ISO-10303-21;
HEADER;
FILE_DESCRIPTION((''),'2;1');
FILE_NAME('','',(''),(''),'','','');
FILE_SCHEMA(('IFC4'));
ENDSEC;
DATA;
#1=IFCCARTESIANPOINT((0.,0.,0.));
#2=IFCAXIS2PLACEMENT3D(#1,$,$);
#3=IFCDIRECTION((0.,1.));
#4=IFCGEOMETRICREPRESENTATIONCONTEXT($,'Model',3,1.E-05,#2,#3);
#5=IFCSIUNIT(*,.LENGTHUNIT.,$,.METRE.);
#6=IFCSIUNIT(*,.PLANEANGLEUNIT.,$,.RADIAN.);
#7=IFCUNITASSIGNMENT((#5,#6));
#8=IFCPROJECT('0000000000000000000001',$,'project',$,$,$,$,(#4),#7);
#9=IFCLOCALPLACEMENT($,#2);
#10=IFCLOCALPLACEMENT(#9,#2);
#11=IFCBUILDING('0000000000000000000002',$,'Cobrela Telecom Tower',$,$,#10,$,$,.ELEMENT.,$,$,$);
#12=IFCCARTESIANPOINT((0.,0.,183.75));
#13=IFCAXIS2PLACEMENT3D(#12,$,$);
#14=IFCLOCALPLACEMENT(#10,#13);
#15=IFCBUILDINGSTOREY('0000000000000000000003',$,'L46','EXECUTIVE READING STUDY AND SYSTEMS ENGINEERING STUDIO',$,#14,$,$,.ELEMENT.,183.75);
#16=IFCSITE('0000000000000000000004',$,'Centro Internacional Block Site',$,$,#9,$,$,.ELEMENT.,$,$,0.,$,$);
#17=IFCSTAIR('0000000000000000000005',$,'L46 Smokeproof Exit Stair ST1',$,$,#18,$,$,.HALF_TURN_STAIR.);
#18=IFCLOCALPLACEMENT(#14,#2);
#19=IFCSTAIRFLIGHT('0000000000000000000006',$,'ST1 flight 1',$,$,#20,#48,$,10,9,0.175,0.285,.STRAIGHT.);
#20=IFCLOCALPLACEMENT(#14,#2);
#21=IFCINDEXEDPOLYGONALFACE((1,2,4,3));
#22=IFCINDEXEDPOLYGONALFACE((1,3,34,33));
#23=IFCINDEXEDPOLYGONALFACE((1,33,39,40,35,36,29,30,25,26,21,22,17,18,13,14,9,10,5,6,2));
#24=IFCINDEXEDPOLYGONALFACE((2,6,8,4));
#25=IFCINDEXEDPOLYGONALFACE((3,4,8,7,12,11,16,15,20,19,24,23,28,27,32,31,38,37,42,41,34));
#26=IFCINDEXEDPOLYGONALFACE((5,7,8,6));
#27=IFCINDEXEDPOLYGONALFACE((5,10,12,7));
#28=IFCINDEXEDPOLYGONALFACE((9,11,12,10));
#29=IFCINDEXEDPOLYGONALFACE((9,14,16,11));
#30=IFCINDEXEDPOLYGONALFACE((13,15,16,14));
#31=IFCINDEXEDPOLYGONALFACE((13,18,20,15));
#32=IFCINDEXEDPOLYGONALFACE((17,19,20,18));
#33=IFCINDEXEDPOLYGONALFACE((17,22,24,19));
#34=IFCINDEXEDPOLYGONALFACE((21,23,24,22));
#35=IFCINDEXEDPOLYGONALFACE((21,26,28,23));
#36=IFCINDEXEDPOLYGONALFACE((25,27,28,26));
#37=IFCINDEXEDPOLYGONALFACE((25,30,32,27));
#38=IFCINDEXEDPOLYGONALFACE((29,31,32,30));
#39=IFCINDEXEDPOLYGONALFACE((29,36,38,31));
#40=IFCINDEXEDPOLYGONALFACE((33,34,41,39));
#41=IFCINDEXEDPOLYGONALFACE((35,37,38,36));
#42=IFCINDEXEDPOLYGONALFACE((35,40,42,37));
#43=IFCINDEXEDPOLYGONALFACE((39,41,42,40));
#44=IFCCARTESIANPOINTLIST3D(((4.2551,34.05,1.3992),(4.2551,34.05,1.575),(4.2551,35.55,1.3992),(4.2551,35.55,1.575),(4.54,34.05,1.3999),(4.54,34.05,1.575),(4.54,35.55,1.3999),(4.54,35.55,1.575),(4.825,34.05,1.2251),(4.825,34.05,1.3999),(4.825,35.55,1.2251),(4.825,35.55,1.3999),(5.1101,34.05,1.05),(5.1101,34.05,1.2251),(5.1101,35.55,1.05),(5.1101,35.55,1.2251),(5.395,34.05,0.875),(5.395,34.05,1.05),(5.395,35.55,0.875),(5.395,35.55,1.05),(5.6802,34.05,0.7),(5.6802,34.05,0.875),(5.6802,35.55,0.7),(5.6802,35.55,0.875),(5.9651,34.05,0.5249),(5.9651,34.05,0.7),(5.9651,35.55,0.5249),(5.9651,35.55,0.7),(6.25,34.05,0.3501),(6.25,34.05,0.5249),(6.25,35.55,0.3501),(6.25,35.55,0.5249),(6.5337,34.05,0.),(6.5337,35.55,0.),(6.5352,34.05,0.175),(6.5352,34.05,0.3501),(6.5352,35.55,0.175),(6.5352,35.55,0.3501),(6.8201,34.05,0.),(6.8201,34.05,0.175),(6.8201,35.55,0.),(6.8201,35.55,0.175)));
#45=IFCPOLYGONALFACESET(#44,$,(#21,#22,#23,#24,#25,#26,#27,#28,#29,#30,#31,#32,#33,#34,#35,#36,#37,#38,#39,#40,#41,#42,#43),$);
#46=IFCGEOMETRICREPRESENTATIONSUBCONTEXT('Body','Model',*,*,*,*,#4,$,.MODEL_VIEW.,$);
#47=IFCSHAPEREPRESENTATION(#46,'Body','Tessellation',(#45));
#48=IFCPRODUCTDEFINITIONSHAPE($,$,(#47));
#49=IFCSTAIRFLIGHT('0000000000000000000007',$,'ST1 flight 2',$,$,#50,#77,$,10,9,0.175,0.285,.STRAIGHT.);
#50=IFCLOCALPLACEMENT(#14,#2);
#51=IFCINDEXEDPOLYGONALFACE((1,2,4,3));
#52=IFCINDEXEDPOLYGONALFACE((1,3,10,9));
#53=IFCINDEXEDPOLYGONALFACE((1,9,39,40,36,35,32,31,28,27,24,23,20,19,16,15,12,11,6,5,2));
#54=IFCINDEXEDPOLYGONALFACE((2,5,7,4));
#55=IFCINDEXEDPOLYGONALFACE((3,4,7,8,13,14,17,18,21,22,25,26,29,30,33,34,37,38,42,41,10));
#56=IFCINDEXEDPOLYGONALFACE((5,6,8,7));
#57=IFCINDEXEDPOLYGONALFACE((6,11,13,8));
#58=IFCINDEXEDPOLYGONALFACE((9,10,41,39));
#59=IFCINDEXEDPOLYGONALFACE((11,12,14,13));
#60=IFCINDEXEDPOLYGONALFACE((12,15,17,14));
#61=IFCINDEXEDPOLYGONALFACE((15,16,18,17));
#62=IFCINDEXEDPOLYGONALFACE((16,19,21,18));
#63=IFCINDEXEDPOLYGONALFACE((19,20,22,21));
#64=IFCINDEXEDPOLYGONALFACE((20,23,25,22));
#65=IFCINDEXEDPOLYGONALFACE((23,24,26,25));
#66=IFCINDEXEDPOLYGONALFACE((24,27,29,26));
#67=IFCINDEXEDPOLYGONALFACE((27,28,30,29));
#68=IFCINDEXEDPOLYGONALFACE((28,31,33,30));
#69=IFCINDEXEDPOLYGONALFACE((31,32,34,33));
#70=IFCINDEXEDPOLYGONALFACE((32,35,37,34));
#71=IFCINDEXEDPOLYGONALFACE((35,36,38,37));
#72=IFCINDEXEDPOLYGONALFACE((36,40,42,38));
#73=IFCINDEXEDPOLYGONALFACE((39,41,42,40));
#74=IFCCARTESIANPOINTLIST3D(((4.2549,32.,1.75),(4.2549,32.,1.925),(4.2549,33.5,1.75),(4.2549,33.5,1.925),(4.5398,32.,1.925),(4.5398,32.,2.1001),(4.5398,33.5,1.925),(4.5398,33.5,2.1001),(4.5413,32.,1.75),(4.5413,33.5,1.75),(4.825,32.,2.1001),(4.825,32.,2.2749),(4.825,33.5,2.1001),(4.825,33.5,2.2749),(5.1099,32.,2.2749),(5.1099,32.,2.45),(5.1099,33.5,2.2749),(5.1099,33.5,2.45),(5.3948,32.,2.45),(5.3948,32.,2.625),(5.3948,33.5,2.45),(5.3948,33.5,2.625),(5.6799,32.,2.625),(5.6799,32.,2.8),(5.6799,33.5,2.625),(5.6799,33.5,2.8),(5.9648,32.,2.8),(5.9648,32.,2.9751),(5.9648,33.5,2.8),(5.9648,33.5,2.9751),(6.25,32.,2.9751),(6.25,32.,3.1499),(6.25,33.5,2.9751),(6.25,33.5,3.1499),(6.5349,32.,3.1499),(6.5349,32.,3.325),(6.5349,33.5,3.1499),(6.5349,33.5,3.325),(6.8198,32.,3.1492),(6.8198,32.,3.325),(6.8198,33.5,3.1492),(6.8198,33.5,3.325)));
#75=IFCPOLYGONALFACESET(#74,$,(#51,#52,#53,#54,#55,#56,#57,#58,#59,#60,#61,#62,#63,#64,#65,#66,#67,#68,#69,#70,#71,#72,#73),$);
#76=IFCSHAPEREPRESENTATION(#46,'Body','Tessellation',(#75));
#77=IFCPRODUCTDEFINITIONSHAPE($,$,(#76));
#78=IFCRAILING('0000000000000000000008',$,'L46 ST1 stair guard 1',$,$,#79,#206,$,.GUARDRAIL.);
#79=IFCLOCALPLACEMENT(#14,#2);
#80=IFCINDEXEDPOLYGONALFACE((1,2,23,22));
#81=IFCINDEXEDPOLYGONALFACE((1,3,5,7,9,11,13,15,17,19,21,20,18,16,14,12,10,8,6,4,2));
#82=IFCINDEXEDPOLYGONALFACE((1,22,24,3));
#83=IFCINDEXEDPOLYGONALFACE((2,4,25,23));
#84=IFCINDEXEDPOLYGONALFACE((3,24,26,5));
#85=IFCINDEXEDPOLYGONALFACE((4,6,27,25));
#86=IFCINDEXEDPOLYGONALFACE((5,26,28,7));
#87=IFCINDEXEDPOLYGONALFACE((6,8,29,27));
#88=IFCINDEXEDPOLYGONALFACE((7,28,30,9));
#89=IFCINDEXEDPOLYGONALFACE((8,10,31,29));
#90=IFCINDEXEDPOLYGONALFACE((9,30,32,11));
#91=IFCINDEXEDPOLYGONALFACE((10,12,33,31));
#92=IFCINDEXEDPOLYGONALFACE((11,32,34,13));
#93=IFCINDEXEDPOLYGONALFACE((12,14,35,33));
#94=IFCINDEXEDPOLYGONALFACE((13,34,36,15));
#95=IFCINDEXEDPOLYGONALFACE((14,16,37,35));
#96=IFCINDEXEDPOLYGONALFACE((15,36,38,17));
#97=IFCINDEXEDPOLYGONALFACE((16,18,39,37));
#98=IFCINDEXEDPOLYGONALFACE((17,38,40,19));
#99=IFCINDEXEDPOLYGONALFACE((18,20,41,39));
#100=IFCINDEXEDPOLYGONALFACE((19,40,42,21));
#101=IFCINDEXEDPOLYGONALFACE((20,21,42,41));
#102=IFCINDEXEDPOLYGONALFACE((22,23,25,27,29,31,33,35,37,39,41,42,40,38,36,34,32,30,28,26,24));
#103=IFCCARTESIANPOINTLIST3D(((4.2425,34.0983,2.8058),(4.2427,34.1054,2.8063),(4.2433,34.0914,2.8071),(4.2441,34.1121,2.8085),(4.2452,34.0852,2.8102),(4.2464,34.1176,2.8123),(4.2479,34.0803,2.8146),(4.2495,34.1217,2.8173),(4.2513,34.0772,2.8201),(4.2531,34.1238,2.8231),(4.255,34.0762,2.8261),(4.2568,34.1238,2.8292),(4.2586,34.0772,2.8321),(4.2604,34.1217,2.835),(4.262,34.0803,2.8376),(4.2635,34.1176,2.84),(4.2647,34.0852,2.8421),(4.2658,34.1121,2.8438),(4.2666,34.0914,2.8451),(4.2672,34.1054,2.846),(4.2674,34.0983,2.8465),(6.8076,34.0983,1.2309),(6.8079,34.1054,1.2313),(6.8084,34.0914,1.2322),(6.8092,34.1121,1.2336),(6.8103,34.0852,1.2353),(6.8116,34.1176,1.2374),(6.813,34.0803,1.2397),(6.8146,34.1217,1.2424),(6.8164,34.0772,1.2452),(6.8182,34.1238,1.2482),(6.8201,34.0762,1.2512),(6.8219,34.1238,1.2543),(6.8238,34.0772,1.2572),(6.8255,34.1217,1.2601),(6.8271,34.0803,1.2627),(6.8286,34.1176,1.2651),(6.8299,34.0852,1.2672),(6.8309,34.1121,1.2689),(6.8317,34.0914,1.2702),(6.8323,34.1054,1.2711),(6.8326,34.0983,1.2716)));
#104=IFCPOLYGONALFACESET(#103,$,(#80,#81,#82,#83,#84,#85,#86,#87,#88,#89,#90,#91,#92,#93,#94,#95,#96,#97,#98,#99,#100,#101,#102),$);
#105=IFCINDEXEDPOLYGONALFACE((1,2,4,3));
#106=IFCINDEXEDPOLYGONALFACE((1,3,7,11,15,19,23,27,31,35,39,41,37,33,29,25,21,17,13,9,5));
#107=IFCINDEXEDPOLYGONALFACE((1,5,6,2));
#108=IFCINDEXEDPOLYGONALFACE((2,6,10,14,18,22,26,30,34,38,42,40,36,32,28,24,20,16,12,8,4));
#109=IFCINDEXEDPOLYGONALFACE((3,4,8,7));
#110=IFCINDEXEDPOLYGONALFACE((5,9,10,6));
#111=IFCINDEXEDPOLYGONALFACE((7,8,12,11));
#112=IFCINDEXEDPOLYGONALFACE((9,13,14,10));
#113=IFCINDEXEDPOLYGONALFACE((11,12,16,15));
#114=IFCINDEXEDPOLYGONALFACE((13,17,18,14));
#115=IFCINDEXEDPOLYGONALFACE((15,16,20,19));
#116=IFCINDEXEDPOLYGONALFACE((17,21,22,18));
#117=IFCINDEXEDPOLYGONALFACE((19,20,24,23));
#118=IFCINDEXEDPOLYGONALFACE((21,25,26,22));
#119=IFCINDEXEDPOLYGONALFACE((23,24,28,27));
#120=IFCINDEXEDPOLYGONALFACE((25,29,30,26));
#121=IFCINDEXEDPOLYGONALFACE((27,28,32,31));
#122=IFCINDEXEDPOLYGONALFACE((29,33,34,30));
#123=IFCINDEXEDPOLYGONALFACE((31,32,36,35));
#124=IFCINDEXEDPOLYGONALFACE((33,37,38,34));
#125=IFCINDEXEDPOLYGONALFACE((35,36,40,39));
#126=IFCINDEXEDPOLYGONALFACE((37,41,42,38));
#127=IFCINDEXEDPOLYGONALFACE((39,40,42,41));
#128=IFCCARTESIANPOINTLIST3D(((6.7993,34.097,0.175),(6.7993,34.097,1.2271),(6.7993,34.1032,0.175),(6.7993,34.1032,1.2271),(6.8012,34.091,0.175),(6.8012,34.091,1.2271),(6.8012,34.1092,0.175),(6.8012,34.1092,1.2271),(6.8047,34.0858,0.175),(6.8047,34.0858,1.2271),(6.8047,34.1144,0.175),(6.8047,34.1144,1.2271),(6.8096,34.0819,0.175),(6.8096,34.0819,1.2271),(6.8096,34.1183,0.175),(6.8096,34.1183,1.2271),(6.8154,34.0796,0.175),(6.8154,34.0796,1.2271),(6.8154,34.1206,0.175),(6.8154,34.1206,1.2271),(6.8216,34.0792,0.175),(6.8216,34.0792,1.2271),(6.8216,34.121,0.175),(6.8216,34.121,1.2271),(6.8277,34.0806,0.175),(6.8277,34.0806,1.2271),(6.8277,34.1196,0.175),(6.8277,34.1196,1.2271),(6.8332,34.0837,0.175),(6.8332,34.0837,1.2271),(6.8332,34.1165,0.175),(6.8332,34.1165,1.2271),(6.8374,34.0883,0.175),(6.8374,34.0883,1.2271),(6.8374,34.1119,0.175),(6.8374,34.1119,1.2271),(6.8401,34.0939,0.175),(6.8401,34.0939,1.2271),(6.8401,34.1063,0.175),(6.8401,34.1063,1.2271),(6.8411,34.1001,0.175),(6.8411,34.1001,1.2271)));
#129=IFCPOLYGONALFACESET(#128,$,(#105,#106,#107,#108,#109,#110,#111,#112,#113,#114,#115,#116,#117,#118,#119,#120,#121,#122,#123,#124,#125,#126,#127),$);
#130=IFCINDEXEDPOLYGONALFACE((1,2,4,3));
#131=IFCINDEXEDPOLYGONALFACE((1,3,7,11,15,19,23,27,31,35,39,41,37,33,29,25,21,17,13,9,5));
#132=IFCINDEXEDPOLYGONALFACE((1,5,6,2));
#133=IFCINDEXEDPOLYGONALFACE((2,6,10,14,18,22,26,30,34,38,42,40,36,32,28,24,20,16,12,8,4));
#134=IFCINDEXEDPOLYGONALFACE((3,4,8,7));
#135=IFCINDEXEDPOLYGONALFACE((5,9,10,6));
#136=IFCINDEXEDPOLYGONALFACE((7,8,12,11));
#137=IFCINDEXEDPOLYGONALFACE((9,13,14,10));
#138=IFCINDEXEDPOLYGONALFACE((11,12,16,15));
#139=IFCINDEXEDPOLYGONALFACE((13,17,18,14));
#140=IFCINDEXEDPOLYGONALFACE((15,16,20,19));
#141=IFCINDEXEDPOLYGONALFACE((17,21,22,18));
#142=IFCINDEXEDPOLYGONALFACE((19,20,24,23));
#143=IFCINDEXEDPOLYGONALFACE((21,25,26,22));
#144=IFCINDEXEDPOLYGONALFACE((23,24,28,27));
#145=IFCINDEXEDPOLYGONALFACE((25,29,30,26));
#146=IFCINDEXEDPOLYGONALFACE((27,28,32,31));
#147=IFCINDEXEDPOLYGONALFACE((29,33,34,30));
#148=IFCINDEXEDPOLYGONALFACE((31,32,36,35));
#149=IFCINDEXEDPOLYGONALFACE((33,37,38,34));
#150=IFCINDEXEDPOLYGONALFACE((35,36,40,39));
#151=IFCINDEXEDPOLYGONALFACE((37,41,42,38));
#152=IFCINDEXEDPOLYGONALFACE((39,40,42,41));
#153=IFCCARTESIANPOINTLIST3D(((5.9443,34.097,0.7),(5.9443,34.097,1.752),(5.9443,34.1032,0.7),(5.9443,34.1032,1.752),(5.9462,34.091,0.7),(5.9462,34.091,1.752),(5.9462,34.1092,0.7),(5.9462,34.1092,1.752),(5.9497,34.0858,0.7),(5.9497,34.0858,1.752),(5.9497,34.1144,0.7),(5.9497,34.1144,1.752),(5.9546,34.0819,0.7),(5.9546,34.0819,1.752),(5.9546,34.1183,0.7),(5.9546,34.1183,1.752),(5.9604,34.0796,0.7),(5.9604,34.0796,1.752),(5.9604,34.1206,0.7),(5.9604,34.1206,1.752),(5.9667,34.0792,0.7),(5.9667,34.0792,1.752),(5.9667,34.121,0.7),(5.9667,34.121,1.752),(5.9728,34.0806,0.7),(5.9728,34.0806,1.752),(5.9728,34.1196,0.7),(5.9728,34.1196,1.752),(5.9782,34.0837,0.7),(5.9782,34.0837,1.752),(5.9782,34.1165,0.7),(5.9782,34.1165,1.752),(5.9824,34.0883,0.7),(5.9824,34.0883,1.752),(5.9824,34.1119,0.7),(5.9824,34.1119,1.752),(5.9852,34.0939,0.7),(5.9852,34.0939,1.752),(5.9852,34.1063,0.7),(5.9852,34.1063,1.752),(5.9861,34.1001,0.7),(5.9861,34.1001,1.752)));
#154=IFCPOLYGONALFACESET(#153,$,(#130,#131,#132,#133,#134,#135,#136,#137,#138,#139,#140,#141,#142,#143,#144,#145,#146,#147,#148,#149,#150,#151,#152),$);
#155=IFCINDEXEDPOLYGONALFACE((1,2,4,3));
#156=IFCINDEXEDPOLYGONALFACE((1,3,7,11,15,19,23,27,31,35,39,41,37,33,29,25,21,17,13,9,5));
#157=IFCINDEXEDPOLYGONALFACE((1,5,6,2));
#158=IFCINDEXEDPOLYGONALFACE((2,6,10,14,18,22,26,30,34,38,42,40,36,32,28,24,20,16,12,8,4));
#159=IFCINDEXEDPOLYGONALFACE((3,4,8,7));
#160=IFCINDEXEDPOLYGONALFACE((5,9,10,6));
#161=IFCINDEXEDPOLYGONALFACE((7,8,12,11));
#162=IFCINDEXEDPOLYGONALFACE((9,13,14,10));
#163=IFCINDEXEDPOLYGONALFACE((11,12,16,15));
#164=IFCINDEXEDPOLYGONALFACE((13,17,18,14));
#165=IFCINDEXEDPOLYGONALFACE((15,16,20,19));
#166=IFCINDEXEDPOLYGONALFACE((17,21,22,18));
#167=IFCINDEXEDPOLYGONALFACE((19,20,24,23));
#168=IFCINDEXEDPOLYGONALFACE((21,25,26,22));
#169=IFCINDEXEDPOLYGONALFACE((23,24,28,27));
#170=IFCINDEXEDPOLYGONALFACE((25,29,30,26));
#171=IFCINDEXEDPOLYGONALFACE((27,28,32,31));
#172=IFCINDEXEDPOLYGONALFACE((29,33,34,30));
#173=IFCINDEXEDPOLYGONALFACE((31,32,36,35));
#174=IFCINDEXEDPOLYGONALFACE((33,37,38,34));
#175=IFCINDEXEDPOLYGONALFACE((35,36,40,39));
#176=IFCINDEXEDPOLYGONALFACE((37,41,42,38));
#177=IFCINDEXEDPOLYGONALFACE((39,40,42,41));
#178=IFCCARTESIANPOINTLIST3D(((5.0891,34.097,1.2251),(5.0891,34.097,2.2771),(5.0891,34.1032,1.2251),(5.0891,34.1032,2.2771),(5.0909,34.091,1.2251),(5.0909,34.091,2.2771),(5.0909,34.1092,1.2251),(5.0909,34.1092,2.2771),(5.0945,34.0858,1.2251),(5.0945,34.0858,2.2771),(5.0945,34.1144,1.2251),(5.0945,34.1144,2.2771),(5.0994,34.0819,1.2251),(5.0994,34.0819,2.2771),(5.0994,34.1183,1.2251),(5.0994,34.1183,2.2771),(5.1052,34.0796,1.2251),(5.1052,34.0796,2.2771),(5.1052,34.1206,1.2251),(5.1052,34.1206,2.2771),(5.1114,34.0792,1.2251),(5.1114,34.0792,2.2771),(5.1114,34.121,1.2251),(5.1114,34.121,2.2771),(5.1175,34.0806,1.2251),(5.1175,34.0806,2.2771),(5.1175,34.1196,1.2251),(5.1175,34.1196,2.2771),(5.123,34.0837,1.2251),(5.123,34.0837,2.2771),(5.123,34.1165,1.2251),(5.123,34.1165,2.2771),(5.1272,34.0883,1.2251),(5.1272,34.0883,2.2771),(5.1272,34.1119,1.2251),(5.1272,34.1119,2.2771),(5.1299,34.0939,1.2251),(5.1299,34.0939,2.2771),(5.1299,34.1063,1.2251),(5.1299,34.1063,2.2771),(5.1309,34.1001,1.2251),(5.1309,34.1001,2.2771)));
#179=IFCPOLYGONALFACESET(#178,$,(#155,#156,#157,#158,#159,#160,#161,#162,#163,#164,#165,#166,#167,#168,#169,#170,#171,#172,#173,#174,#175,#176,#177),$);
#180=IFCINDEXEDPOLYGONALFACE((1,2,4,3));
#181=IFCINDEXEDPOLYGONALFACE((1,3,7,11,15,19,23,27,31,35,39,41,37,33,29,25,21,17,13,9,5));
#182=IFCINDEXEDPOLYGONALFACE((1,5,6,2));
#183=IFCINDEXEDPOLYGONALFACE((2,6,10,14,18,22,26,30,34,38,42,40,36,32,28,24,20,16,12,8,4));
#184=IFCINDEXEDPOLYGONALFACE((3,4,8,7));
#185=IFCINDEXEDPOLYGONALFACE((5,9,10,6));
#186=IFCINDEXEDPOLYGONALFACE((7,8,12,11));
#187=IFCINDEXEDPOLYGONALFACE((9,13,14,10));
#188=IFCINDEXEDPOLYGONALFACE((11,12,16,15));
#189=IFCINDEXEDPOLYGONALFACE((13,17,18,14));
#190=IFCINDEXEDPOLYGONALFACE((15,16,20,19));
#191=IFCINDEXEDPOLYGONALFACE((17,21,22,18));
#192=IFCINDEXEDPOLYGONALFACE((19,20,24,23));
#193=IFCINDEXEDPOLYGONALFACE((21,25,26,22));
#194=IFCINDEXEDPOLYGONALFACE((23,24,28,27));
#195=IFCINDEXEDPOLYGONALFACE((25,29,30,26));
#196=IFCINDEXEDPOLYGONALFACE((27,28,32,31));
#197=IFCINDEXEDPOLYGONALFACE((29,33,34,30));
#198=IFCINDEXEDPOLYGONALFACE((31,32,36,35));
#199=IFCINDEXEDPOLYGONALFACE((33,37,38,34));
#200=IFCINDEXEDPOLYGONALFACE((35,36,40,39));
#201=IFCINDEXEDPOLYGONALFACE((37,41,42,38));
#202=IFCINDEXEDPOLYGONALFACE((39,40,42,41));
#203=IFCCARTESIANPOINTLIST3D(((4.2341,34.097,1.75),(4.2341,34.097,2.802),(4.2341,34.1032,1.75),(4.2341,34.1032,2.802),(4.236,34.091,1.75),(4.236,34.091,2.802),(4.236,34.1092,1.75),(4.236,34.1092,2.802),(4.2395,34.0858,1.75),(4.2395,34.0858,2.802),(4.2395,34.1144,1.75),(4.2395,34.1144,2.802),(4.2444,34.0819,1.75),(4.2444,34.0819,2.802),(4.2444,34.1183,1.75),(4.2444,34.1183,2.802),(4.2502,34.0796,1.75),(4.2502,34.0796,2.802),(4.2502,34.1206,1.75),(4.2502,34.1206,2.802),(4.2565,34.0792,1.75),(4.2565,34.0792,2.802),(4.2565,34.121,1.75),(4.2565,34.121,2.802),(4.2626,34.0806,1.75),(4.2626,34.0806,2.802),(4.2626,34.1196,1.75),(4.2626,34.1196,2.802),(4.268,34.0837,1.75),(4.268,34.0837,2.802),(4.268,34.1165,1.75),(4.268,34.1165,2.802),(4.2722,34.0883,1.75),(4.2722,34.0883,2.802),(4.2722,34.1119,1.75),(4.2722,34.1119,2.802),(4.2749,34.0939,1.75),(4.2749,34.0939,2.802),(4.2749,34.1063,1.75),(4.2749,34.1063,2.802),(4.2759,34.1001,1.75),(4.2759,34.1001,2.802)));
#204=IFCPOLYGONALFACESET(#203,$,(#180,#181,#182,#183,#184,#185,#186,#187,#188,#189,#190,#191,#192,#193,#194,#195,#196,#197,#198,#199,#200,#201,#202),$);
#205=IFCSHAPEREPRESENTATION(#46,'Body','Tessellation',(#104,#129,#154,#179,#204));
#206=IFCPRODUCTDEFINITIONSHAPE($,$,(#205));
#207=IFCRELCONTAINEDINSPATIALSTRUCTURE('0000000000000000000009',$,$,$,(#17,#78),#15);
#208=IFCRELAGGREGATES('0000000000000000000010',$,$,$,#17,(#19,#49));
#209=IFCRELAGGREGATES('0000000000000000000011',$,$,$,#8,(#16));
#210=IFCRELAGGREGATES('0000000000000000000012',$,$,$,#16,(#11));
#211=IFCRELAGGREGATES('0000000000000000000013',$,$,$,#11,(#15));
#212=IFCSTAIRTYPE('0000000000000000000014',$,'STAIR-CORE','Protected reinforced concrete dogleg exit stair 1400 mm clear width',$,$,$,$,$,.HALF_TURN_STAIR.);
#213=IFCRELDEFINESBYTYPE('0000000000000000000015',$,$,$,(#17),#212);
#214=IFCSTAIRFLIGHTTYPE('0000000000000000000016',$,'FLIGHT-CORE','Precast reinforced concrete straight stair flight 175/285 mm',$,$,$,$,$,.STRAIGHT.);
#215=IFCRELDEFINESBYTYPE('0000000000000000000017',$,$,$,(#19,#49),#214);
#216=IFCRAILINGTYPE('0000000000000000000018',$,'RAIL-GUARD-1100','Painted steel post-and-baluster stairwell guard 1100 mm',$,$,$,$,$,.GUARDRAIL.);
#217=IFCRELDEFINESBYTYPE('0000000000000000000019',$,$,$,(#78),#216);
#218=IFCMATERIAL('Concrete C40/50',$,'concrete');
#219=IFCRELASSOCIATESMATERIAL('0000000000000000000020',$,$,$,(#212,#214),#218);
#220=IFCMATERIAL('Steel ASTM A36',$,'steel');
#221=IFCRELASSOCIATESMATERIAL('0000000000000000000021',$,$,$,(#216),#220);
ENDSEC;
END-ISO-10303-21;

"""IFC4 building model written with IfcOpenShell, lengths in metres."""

from ifc_helpers import new_model, si_unit, direction, frame, origin, origin_2d, place, context, subcontext, project, spatial, polyline, circle, outline, extrude, material, type_object, element, aggregate, save


model = new_model("IFC4")

# Units and contexts
model_context = context("Model", 3, precision=1e-05, world=origin(), true_north=direction((0.0, 1.0)))
body_context = subcontext(model_context, "Body", "Model", "MODEL_VIEW")
ifc_project = project(units=[si_unit("LENGTHUNIT", "METRE"), si_unit("PLANEANGLEUNIT", "RADIAN")], contexts=[model_context])

# Site, building, storey
site_placement = place(None, origin())
site = spatial("IfcSite", under=ifc_project, at=site_placement, Name="Centro Internacional Block Site", CompositionType="ELEMENT", RefElevation=0.0)
building_placement = place(site_placement, origin())
building = spatial("IfcBuilding", under=site, at=building_placement, Name="Cobrela Telecom Tower", CompositionType="ELEMENT")
storey_placement = place(building_placement, frame((0.0, 0.0, 183.75)))
storey = spatial("IfcBuildingStorey", under=building, at=storey_placement, Name="L46", Description="EXECUTIVE READING STUDY AND SYSTEMS ENGINEERING STUDIO", CompositionType="ELEMENT", Elevation=183.75)

# Shared definitions
ifc_material_1 = material(Name="Concrete C40/50", Category="concrete")

# Shared definitions
ifc_material_2 = material(Name="Steel ASTM A36", Category="steel")

# Stair, stair flights
stair_type = type_object("IfcStairType", Name="STAIR-CORE", Description="Protected reinforced concrete dogleg exit stair 1400 mm clear width", PredefinedType="HALF_TURN_STAIR", material=ifc_material_1)
stair_placement = place(storey_placement, origin())
stair = element("IfcStair", 1, at=stair_placement, inside=storey, type_object=stair_type, Name="L46 Smokeproof Exit Stair ST1", PredefinedType="HALF_TURN_STAIR")
stair_flight_type = type_object("IfcStairFlightType", Name="FLIGHT-CORE", Description="Precast reinforced concrete straight stair flight 175/285 mm", PredefinedType="STRAIGHT", material=ifc_material_1)
stair_flight_1_placement = place(storey_placement, frame((6.8201, 34.8, 0.0), z_axis=(0.0, 0.0, 1.0), x_axis=(-1.0, 0.0, 0.0)))
stair_flight_1 = element("IfcStairFlight", 2, at=stair_flight_1_placement, type_object=stair_flight_type, Name="ST1 flight 1", NumberOfRisers=10, NumberOfTreads=9, PredefinedType="STRAIGHT", RiserHeight=0.175, TreadLength=0.285, context=body_context, shape_type="SweptSolid", body=[
    extrude(outline(polyline([(0.0, 0.0), (0.0, 0.175), (0.2849, 0.175), (0.2849, 0.3501), (0.5701, 0.3501), (0.5701, 0.5249), (0.855, 0.5249), (0.855, 0.7), (1.1399, 0.7), (1.1399, 0.875), (1.425, 0.875), (1.425, 1.05), (1.71, 1.05), (1.71, 1.2251), (1.9951, 1.2251), (1.9951, 1.3999), (2.28, 1.3999), (2.28, 1.575), (2.5649, 1.575), (2.5649, 1.75), (2.5649, 1.3992), (0.2864, 0.0), (0.0, 0.0)])), frame((0.0, 0.75, 0.0), z_axis=(0.0, -1.0, 0.0), x_axis=(1.0, 0.0, 0.0)), (0.0, 0.0, 1.0), 1.5),
])
stair_flight_2_placement = place(storey_placement, frame((4.2549, 32.75, 1.75), z_axis=(0.0, 0.0, 1.0), x_axis=(1.0, 0.0, 0.0)))
stair_flight_2 = element("IfcStairFlight", 3, at=stair_flight_2_placement, type_object=stair_flight_type, Name="ST1 flight 2", NumberOfRisers=10, NumberOfTreads=9, PredefinedType="STRAIGHT", RiserHeight=0.175, TreadLength=0.285, context=body_context, shape_type="SweptSolid", body=[
    extrude(outline(polyline([(0.0, 0.0), (0.0, 0.175), (0.2849, 0.175), (0.2849, 0.3501), (0.5701, 0.3501), (0.5701, 0.5249), (0.855, 0.5249), (0.855, 0.7), (1.1399, 0.7), (1.1399, 0.875), (1.425, 0.875), (1.425, 1.05), (1.71, 1.05), (1.71, 1.2251), (1.9951, 1.2251), (1.9951, 1.3999), (2.28, 1.3999), (2.28, 1.575), (2.5649, 1.575), (2.5649, 1.75), (2.5649, 1.3992), (0.2864, 0.0), (0.0, 0.0)])), frame((0.0, 0.75, 0.0), z_axis=(0.0, -1.0, 0.0), x_axis=(1.0, 0.0, 0.0)), (0.0, 0.0, 1.0), 1.5),
])
aggregate(stair, [stair_flight_1, stair_flight_2])

# Railing
railing_type_1 = type_object("IfcRailingType", Name="RAIL-GUARD-1100", Description="Painted steel post-and-baluster stairwell guard 1100 mm", PredefinedType="GUARDRAIL", material=ifc_material_2)
railing_1_placement = place(storey_placement, frame((6.8201, 34.1001, 0.175)))
element("IfcRailing", 4, at=railing_1_placement, inside=storey, type_object=railing_type_1, Name="L46 ST1 stair guard 1", PredefinedType="GUARDRAIL", context=body_context, shape_type="SweptSolid", body=[
    extrude(circle(Radius=0.0239, at=origin_2d()), frame((0.0, 0.0, 1.0762), z_axis=(-0.852195, 0.0, 0.523224), x_axis=(0.0, -1.0, 0.0)), (0.0, 0.0, 1.0), 3.01),
    extrude(circle(Radius=0.021, at=origin_2d()), origin(), (0.0, 0.0, 1.0), 1.052),
    extrude(circle(Radius=0.021, at=origin_2d()), frame((-0.855, 0.0, 0.5249)), (0.0, 0.0, 1.0), 1.052),
    extrude(circle(Radius=0.021, at=origin_2d()), frame((-1.7102, 0.0, 1.05)), (0.0, 0.0, 1.0), 1.052),
    extrude(circle(Radius=0.021, at=origin_2d()), frame((-2.5652, 0.0, 1.575)), (0.0, 0.0, 1.0), 1.052),
])

save(model, "model.ifc")
